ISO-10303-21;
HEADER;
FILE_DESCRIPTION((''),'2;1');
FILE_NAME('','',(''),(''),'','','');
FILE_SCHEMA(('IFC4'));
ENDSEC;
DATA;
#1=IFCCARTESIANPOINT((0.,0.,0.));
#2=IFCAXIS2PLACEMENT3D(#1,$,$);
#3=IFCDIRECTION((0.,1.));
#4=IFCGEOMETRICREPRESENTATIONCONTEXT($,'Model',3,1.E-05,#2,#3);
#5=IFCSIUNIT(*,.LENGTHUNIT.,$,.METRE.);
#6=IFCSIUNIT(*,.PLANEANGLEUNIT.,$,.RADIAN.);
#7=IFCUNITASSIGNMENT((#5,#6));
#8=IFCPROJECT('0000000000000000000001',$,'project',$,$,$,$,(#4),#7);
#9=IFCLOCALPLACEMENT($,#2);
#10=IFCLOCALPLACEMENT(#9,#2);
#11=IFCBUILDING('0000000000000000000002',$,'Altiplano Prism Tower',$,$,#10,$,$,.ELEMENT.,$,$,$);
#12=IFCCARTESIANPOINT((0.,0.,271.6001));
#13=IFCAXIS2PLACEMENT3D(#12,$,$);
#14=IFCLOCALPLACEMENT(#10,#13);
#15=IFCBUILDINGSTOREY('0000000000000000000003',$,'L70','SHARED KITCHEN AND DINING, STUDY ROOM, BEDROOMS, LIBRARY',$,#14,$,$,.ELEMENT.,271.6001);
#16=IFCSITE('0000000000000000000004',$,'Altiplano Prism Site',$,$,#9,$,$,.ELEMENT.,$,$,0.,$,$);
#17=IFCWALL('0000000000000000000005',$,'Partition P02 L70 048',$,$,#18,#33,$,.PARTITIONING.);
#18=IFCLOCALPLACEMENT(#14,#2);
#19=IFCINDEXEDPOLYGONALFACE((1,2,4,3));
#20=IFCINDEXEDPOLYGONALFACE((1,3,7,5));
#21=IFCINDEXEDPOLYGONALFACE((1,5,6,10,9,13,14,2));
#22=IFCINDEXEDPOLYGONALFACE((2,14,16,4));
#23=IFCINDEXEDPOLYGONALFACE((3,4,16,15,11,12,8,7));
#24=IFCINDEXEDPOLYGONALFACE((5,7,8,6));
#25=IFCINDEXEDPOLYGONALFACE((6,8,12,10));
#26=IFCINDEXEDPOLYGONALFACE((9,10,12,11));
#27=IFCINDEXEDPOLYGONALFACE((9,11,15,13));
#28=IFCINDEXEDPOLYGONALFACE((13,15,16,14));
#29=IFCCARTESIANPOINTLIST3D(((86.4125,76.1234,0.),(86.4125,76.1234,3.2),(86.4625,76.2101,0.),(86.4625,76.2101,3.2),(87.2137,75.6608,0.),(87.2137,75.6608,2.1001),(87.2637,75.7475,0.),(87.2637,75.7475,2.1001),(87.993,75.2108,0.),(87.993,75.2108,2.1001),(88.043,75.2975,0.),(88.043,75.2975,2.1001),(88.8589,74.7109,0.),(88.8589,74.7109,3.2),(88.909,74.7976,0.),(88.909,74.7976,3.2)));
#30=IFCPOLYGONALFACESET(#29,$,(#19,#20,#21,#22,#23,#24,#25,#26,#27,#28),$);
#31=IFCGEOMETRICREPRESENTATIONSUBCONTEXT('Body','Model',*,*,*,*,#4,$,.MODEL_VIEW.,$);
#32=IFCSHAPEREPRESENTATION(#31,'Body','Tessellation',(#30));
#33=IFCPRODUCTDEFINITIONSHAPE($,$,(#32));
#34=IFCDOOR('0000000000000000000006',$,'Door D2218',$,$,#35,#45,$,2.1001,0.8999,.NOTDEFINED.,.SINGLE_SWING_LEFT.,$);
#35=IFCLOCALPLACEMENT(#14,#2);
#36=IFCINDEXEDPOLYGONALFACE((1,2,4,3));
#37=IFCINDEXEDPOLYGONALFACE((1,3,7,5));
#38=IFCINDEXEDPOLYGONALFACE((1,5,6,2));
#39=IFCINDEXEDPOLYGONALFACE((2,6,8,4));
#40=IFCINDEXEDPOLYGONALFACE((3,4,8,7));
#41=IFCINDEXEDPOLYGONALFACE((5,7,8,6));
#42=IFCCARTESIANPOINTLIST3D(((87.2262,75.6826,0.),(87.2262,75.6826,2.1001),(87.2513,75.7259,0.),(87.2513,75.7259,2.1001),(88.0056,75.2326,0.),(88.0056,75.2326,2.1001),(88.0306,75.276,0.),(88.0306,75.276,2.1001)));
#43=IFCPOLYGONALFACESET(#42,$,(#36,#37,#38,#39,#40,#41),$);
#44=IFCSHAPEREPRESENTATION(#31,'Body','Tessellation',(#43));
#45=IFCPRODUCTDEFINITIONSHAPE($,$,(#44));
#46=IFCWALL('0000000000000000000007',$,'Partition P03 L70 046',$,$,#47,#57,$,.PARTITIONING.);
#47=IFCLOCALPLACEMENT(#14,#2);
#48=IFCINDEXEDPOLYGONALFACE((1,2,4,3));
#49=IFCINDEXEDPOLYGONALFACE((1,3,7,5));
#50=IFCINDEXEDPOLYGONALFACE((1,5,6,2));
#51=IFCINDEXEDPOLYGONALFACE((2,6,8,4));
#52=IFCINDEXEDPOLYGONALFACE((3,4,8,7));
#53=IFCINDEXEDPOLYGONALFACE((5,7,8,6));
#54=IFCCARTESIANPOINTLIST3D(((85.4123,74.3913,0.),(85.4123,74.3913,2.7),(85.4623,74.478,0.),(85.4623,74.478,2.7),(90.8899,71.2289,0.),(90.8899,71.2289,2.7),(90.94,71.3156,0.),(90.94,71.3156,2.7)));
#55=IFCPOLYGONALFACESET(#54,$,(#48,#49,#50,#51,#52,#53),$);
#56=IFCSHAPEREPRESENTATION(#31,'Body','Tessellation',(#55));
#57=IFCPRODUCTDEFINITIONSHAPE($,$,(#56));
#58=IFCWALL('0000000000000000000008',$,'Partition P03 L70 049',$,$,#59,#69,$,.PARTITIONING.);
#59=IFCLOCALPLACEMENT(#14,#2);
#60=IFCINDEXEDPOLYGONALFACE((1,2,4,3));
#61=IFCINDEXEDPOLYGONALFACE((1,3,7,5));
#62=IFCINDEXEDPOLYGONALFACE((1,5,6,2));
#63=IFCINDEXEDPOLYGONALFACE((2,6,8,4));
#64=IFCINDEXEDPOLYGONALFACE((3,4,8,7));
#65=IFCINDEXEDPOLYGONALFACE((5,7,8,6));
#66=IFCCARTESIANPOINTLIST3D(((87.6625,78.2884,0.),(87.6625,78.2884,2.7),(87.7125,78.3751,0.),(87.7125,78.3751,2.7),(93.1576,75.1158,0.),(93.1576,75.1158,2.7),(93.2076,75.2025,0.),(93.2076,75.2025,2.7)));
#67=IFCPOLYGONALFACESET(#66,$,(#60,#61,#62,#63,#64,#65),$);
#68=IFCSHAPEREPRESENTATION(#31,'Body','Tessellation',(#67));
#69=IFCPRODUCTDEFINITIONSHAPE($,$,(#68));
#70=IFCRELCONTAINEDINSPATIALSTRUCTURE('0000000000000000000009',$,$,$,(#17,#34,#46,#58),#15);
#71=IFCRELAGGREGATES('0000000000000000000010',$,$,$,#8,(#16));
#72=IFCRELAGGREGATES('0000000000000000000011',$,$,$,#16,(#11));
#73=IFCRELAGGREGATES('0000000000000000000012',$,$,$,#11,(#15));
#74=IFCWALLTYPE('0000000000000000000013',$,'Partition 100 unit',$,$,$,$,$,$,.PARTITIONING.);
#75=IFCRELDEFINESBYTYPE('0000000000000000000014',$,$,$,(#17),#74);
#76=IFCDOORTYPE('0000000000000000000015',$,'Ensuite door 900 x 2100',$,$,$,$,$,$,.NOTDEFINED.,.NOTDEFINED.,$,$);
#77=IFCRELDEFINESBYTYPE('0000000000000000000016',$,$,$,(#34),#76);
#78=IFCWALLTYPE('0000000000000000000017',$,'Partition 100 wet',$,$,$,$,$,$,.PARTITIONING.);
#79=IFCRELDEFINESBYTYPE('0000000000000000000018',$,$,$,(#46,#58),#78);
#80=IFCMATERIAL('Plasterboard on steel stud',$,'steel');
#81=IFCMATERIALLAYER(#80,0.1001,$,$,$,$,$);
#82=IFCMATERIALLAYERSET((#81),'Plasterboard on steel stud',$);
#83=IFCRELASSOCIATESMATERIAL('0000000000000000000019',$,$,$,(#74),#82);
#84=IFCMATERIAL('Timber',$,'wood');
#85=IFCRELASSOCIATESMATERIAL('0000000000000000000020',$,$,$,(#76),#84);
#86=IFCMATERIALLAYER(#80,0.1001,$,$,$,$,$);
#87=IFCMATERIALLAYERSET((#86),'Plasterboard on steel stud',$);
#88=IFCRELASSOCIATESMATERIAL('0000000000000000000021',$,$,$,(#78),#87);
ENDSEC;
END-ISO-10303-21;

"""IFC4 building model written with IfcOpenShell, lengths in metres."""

from ifc_helpers import new_model, si_unit, direction, frame, frame_2d, origin, place, context, subcontext, project, spatial, rectangle, extrude, material, layer, layer_set, type_object, element, fill, save


model = new_model("IFC4")

# Units and contexts
model_context = context("Model", 3, precision=1e-05, world=origin(), true_north=direction((0.0, 1.0)))
body_context = subcontext(model_context, "Body", "Model", "MODEL_VIEW")
ifc_project = project(units=[si_unit("LENGTHUNIT", "METRE"), si_unit("PLANEANGLEUNIT", "RADIAN")], contexts=[model_context])

# Site, building, storey
site_placement = place(None, origin())
site = spatial("IfcSite", under=ifc_project, at=site_placement, Name="Altiplano Prism Site", CompositionType="ELEMENT", RefElevation=0.0)
building_placement = place(site_placement, origin())
building = spatial("IfcBuilding", under=site, at=building_placement, Name="Altiplano Prism Tower", CompositionType="ELEMENT")
storey_placement = place(building_placement, frame((0.0, 0.0, 271.6001)))
storey = spatial("IfcBuildingStorey", under=building, at=storey_placement, Name="L70", Description="SHARED KITCHEN AND DINING, STUDY ROOM, BEDROOMS, LIBRARY", CompositionType="ELEMENT", Elevation=271.6001)

# Shared definitions
ifc_material_1 = material(Name="Plasterboard on steel stud", Category="steel")
ifc_layer_1 = layer(ifc_material_1, 0.1001)
ifc_layer_set_1 = layer_set([ifc_layer_1], Name="Plasterboard on steel stud")
wall_type_1 = type_object("IfcWallType", Name="Partition 100 unit", PredefinedType="PARTITIONING", material=ifc_layer_set_1)

# Wall, opening, door
wall_1_placement = place(storey_placement, frame((88.884, 74.7542, 0.0), z_axis=(0.0, 0.0, 1.0), x_axis=(-0.866011, 0.500024, 0.0)))
wall_1 = element("IfcWall", 1, at=wall_1_placement, inside=storey, type_object=wall_type_1, Name="Partition P02 L70 048", PredefinedType="PARTITIONING", context=body_context, shape_type="SweptSolid", body=[
    extrude(rectangle(XDim=2.825, YDim=0.1001, at=frame_2d((1.4126, 0.0))), origin(), (0.0, 0.0, 1.0), 3.2),
])
opening_placement = place(wall_1_placement, frame((1.0, 0.0, 0.0)))
opening = element("IfcOpeningElement", 2, at=opening_placement, cuts=wall_1, PredefinedType="OPENING", context=body_context, shape_type="SweptSolid", body=[
    extrude(rectangle(XDim=0.8999, YDim=2.1001, at=frame_2d((0.45, 1.05))), frame((0.0, 0.0605, 0.0), z_axis=(0.0, -1.0, 0.0), x_axis=(1.0, 0.0, 0.0)), (0.0, 0.0, 1.0), 0.1211),
])
ifc_material_2 = material(Name="Timber", Category="wood")
door_type = type_object("IfcDoorType", Name="Ensuite door 900 x 2100", OperationType="NOTDEFINED", PredefinedType="NOTDEFINED", material=ifc_material_2)
door_placement = place(opening_placement, origin())
door = element("IfcDoor", 3, at=door_placement, inside=storey, type_object=door_type, Name="Door D2218", OperationType="SINGLE_SWING_LEFT", OverallHeight=2.1001, OverallWidth=0.8999, PredefinedType="NOTDEFINED", context=body_context, shape_type="SweptSolid", body=[
    extrude(rectangle(XDim=0.8999, YDim=2.1001, at=frame_2d((0.45, 1.05))), frame((0.0, 0.0249, 0.0), z_axis=(0.0, -1.0, 0.0), x_axis=(1.0, 0.0, 0.0)), (0.0, 0.0, 1.0), 0.05),
])
fill(opening, door)

# Walls
ifc_layer_2 = layer(ifc_material_1, 0.1001)
ifc_layer_set_2 = layer_set([ifc_layer_2], Name="Plasterboard on steel stud")
wall_type_2 = type_object("IfcWallType", Name="Partition 100 wet", PredefinedType="PARTITIONING", material=ifc_layer_set_2)
wall_2_placement = place(storey_placement, frame((90.915, 71.2722, 0.0), z_axis=(0.0, 0.0, 1.0), x_axis=(-0.866033, 0.499988, 0.0)))
element("IfcWall", 4, at=wall_2_placement, inside=storey, type_object=wall_type_2, Name="Partition P03 L70 046", PredefinedType="PARTITIONING", context=body_context, shape_type="SweptSolid", body=[
    extrude(rectangle(XDim=6.325, YDim=0.1001, at=frame_2d((3.1626, 0.0))), origin(), (0.0, 0.0, 1.0), 2.7),
])
wall_3_placement = place(storey_placement, frame((93.1826, 75.1592, 0.0), z_axis=(0.0, 0.0, 1.0), x_axis=(-0.866025, 0.5, 0.0)))
element("IfcWall", 5, at=wall_3_placement, inside=storey, type_object=wall_type_2, Name="Partition P03 L70 049", PredefinedType="PARTITIONING", context=body_context, shape_type="SweptSolid", body=[
    extrude(rectangle(XDim=6.3452, YDim=0.1001, at=frame_2d((3.1726, 0.0))), origin(), (0.0, 0.0, 1.0), 2.7),
])

save(model, "model.ifc")
